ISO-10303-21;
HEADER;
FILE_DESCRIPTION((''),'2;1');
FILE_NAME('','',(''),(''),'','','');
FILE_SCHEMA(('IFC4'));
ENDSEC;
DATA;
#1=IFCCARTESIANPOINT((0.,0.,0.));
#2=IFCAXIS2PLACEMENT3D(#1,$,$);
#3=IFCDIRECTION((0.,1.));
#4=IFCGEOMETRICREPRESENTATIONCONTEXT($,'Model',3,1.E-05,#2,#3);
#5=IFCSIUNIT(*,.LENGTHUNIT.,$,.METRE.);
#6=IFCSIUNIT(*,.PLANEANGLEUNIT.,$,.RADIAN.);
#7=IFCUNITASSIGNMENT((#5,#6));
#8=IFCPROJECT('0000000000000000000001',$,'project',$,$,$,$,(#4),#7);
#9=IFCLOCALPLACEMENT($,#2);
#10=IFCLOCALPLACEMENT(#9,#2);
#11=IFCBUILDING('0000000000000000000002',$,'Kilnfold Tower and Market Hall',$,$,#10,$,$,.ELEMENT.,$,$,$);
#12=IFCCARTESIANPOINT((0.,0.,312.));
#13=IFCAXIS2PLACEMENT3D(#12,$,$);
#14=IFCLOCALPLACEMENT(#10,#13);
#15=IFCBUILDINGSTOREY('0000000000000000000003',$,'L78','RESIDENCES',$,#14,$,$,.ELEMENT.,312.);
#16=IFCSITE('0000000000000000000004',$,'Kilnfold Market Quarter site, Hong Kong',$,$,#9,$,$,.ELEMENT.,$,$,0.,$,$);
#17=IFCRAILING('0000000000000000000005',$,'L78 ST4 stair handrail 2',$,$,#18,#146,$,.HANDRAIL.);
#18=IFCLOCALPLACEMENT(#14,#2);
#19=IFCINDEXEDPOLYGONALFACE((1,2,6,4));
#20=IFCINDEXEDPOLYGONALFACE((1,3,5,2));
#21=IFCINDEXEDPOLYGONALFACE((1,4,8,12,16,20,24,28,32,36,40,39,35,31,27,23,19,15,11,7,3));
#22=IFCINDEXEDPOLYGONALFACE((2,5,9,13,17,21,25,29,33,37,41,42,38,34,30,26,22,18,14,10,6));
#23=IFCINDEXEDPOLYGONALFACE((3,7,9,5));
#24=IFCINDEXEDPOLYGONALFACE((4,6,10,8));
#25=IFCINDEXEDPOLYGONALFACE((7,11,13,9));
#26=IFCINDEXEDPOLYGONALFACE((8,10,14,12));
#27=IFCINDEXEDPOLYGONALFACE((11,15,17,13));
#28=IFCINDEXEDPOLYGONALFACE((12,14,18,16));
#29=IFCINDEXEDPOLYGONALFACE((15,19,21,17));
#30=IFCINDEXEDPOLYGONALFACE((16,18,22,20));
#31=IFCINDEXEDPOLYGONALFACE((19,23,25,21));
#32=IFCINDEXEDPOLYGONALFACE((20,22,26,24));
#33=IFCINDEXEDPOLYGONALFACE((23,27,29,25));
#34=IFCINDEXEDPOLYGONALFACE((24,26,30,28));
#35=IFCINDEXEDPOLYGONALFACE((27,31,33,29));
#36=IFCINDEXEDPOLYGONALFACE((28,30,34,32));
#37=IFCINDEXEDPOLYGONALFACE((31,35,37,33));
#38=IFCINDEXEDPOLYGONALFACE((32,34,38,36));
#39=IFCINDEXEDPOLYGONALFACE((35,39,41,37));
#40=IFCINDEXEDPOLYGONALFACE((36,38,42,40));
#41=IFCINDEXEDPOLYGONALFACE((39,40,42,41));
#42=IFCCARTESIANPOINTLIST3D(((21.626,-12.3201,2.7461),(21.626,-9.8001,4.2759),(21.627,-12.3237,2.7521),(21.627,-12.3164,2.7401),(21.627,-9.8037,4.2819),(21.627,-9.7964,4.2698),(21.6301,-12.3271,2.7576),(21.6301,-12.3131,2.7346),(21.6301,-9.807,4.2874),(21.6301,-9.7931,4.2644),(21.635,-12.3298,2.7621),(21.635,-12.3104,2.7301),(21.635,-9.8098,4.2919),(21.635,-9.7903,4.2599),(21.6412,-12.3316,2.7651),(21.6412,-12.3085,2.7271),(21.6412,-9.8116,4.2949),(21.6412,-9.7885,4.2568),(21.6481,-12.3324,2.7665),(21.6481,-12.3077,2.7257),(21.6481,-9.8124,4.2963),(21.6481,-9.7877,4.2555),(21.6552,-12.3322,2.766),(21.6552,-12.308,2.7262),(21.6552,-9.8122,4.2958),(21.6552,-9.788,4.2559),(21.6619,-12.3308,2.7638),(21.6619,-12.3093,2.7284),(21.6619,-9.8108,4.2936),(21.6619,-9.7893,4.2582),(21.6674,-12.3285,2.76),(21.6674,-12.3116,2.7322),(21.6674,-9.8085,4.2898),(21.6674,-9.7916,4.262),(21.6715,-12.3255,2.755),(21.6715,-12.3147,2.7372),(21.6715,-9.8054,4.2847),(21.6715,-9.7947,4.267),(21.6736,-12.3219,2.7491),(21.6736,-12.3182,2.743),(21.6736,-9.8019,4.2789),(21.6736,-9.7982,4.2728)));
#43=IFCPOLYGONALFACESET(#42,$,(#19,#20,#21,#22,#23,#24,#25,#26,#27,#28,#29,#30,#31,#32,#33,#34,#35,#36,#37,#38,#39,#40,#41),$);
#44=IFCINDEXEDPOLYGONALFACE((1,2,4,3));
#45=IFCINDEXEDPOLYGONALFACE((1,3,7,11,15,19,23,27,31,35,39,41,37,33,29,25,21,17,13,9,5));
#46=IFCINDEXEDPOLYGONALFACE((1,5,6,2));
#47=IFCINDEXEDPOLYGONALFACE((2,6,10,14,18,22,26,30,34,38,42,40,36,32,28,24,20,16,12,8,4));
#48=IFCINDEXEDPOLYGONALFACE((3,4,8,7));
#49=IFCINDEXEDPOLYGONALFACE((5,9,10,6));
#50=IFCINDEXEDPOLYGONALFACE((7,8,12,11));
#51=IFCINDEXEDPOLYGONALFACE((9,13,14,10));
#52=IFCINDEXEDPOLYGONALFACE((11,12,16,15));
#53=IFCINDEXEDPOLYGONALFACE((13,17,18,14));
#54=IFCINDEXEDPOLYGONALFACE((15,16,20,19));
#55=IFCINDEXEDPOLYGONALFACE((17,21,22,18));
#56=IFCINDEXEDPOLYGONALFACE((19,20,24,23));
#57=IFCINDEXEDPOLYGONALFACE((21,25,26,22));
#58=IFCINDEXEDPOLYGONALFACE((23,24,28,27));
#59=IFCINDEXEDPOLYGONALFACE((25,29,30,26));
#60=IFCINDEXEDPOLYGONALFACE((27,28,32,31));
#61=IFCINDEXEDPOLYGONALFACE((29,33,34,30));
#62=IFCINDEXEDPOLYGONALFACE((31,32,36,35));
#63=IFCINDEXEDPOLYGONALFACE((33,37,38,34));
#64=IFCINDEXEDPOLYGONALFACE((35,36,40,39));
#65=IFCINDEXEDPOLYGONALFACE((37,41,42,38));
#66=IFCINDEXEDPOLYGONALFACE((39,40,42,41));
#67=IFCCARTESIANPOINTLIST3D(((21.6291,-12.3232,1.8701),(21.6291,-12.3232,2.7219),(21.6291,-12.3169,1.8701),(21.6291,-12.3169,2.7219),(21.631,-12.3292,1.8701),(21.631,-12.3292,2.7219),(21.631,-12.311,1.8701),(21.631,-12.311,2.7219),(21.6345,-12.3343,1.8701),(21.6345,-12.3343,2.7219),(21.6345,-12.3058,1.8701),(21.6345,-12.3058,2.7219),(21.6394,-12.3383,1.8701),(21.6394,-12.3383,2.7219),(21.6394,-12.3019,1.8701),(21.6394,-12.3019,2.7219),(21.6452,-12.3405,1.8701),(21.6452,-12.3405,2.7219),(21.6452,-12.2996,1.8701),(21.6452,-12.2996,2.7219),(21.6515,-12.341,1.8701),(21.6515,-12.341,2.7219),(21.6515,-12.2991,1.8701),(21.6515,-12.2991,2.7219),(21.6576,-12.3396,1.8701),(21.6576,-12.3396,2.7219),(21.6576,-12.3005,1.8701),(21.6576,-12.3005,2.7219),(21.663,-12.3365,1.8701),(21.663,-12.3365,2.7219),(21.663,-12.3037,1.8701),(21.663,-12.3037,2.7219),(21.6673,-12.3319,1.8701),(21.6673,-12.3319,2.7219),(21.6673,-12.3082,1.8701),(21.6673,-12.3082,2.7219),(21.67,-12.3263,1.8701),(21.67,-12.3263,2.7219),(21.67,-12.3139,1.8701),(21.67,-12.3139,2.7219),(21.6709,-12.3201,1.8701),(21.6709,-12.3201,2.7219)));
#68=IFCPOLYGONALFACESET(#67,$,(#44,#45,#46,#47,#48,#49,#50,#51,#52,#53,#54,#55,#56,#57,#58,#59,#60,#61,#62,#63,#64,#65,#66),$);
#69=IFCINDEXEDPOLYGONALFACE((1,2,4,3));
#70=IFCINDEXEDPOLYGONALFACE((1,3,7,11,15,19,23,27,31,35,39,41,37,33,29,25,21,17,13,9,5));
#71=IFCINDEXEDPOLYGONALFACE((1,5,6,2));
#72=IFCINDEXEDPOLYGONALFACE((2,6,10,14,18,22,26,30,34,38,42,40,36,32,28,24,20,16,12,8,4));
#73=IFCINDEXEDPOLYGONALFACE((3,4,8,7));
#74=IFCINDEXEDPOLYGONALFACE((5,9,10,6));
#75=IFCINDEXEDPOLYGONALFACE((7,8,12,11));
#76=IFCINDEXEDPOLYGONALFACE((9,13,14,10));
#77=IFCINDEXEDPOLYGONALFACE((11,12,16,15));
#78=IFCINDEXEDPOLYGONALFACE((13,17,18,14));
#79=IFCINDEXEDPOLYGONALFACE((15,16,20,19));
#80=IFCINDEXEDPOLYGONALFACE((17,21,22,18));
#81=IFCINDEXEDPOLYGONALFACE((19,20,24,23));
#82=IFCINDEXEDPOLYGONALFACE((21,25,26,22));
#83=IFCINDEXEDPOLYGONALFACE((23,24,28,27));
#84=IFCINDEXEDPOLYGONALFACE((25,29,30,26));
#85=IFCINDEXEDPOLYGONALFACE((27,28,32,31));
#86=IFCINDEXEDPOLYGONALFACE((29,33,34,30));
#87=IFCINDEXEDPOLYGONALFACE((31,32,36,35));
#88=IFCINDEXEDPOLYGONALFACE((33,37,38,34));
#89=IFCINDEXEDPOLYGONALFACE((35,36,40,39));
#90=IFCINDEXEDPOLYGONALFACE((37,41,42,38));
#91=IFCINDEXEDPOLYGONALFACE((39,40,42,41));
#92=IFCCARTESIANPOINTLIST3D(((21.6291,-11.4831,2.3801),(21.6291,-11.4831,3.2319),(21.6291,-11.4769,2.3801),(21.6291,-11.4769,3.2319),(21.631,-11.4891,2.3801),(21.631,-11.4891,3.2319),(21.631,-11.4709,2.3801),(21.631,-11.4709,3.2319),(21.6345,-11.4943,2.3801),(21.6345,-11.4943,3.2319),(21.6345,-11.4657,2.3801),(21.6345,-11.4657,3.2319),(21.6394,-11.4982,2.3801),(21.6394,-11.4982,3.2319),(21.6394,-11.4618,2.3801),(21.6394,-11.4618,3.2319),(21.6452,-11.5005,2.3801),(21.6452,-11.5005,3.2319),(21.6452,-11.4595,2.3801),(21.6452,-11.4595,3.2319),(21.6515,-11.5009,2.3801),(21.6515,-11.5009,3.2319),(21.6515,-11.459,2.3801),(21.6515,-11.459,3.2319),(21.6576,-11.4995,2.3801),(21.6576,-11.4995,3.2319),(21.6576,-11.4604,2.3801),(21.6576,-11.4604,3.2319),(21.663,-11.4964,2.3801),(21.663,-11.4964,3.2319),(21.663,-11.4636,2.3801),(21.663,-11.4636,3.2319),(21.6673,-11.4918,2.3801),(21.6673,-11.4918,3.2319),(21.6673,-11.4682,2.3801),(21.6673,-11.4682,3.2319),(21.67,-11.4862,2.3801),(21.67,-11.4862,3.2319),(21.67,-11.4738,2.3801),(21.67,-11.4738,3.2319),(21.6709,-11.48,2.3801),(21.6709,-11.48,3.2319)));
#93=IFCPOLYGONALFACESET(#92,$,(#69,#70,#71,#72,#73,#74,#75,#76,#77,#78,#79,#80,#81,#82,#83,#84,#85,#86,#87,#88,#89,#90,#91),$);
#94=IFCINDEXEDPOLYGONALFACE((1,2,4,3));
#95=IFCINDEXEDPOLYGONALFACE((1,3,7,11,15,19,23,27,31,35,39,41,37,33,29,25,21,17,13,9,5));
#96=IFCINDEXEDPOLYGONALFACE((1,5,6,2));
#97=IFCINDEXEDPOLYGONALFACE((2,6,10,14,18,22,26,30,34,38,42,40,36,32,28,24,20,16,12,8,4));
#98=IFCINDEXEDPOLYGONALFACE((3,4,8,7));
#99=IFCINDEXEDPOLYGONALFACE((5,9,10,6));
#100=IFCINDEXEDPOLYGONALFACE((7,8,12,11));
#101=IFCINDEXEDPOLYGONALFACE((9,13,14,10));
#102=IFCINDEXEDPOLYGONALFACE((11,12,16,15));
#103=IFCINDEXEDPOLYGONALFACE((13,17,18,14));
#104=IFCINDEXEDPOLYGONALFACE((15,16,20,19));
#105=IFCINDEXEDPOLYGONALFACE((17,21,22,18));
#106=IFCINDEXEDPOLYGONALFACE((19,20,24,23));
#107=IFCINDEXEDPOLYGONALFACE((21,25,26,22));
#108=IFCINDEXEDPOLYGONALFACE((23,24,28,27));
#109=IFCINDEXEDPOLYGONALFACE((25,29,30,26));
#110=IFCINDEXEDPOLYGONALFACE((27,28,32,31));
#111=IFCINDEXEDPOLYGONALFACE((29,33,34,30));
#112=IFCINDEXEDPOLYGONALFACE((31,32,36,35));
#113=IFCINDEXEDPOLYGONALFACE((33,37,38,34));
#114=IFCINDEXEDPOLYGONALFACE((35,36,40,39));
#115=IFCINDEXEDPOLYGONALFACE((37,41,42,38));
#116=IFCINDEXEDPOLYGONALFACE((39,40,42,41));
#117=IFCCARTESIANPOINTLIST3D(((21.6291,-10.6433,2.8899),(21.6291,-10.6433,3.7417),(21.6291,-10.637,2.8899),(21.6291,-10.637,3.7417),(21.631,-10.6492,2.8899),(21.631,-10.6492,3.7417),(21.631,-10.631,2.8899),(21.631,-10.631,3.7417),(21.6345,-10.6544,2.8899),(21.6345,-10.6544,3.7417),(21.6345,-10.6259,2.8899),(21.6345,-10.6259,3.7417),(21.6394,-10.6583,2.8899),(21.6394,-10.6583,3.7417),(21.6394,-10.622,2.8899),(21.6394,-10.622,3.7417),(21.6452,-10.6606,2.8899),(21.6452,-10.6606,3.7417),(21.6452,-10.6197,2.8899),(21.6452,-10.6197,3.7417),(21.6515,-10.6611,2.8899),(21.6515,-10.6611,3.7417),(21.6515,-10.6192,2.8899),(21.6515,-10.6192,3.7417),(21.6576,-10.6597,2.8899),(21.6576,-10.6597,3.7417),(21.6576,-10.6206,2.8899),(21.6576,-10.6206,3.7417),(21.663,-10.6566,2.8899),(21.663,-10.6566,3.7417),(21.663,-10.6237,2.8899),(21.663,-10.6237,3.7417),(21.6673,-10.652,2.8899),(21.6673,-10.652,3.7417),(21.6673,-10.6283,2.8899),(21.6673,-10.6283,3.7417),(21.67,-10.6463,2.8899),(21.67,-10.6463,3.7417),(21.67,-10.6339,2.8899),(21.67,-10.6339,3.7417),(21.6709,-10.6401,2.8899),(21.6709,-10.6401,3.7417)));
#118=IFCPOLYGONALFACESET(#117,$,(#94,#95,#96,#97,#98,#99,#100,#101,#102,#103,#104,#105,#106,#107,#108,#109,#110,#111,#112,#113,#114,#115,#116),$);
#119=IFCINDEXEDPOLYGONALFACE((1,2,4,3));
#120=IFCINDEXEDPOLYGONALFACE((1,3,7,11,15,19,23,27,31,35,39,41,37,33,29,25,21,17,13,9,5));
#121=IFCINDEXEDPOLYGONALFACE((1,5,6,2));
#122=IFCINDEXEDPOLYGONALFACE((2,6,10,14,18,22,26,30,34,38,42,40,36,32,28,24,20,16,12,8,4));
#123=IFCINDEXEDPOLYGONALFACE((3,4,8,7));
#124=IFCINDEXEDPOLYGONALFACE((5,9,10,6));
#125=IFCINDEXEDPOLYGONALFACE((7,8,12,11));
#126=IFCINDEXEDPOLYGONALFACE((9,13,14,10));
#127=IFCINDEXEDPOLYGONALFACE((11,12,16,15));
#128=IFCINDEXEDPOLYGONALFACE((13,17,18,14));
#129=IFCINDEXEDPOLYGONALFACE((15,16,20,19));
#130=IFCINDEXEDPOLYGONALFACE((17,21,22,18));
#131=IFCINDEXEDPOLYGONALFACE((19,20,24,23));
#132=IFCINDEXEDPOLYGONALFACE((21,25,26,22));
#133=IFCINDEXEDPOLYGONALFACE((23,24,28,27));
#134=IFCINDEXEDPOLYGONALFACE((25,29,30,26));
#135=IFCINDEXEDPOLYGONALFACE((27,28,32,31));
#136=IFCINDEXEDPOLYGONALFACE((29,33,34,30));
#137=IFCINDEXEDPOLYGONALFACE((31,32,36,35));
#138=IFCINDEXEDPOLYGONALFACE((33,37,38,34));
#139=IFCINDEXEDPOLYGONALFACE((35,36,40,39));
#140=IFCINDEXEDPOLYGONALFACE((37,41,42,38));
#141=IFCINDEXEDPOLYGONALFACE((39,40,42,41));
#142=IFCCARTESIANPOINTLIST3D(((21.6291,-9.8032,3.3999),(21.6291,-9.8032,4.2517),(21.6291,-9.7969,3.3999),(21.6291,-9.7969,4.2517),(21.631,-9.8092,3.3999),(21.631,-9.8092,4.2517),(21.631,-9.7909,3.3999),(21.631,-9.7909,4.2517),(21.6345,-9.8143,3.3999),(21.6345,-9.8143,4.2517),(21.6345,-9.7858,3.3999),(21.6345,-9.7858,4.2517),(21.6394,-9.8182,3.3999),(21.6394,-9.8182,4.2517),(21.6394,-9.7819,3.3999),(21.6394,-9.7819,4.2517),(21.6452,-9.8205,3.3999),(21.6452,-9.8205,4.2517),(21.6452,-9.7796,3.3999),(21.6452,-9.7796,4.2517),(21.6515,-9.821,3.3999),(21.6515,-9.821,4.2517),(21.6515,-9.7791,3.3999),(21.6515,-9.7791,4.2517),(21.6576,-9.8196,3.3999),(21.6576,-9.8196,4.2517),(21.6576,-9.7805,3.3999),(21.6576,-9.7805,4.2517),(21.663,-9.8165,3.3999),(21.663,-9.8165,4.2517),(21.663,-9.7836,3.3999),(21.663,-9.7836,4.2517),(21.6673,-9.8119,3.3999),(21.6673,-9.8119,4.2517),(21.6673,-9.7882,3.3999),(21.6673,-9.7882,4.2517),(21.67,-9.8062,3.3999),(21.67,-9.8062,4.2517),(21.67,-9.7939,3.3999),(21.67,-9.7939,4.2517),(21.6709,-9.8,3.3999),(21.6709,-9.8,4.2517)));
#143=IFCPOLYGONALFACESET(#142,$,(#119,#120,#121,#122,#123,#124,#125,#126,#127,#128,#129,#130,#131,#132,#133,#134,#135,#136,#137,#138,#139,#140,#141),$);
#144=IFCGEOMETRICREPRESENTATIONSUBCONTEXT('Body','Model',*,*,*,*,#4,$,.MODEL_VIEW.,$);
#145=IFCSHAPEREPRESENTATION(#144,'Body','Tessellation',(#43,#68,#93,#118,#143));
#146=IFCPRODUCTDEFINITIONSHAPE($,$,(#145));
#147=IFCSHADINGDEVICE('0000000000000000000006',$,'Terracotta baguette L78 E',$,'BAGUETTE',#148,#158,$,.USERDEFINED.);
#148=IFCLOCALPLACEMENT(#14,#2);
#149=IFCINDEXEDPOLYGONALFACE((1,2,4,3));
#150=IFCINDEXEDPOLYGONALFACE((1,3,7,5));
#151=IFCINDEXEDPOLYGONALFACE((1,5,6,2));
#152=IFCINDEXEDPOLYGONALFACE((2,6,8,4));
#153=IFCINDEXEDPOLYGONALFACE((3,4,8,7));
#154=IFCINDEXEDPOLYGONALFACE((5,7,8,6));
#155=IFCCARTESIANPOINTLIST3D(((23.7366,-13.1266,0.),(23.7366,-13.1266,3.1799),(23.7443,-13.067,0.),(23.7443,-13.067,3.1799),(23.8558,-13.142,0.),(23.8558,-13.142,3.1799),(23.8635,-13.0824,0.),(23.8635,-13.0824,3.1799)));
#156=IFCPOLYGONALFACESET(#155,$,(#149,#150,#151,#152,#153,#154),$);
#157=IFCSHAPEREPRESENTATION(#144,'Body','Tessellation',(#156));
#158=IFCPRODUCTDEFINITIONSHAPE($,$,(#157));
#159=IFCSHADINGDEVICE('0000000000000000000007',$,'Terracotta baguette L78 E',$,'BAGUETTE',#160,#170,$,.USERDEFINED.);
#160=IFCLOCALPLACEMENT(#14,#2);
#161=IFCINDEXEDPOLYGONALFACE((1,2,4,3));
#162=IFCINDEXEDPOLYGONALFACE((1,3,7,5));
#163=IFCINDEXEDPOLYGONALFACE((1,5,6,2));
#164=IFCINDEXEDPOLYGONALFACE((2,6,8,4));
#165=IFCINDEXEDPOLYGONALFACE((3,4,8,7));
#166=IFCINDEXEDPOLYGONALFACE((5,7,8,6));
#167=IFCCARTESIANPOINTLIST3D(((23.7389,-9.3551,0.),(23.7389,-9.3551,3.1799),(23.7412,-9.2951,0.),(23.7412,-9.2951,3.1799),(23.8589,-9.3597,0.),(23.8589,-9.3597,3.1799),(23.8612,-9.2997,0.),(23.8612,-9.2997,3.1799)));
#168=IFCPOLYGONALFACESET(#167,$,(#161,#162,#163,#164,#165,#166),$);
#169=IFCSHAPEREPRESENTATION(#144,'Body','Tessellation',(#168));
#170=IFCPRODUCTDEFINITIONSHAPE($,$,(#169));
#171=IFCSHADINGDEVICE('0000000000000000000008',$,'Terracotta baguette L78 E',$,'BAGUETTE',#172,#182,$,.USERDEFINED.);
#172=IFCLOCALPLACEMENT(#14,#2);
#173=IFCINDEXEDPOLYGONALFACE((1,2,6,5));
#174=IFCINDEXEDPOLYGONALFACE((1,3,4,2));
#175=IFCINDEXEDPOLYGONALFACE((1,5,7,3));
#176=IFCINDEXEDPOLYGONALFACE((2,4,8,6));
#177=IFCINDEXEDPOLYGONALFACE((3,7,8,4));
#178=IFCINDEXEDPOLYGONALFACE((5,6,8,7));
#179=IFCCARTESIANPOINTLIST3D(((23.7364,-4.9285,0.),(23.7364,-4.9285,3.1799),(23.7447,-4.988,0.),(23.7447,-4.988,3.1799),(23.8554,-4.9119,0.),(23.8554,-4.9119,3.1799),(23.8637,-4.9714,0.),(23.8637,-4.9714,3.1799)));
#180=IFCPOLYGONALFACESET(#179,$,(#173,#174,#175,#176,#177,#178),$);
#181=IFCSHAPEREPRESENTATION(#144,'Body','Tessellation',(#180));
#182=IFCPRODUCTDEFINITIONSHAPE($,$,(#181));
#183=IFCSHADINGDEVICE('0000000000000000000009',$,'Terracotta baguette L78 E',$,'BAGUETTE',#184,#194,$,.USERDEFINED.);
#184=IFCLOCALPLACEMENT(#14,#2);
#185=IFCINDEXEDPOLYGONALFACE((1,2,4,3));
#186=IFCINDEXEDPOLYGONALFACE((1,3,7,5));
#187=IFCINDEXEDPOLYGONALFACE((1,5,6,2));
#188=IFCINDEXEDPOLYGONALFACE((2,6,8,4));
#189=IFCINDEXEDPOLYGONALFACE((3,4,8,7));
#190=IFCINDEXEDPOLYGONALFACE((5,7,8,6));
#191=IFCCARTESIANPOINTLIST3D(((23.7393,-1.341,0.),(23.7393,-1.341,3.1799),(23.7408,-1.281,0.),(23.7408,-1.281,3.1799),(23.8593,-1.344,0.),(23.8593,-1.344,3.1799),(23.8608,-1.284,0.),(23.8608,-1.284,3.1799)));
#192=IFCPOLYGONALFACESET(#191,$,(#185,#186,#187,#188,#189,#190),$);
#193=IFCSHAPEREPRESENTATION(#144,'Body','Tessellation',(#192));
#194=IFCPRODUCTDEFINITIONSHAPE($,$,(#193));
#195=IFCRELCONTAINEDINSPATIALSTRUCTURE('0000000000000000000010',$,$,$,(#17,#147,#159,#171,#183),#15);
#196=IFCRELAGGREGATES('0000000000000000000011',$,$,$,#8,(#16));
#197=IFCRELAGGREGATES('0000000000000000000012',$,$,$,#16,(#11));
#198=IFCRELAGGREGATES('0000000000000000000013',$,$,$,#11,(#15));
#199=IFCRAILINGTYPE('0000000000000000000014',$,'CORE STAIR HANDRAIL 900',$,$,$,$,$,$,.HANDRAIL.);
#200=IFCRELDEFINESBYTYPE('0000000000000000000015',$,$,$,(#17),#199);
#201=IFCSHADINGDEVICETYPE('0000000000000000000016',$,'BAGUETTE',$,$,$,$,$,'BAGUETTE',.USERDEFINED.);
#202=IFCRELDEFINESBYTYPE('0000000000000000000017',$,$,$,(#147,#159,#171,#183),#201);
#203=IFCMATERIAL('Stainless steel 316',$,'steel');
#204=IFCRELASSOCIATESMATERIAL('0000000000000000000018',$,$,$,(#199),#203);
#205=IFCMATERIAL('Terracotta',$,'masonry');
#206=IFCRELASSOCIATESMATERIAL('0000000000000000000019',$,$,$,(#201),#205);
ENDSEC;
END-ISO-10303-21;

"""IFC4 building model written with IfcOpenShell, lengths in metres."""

from ifc_helpers import new_model, si_unit, direction, frame, origin, origin_2d, place, context, subcontext, project, spatial, rectangle, circle, extrude, source, transform, mapped, material, material_profile, profile_set, type_object, element, save


model = new_model("IFC4")

# Units and contexts
model_context = context("Model", 3, precision=1e-05, world=origin(), true_north=direction((0.0, 1.0)))
body_context = subcontext(model_context, "Body", "Model", "MODEL_VIEW")
ifc_project = project(units=[si_unit("LENGTHUNIT", "METRE"), si_unit("PLANEANGLEUNIT", "RADIAN")], contexts=[model_context])

# Site, building, storey
site_placement = place(None, origin())
site = spatial("IfcSite", under=ifc_project, at=site_placement, Name="Kilnfold Market Quarter site, Hong Kong", CompositionType="ELEMENT", RefElevation=0.0)
building_placement = place(site_placement, origin())
building = spatial("IfcBuilding", under=site, at=building_placement, Name="Kilnfold Tower and Market Hall", CompositionType="ELEMENT")
storey_placement = place(building_placement, frame((0.0, 0.0, 312.0)))
storey = spatial("IfcBuildingStorey", under=building, at=storey_placement, Name="L78", Description="RESIDENCES", CompositionType="ELEMENT", Elevation=312.0)

# Railing
ifc_material_1 = material(Name="Stainless steel 316", Category="steel")
railing_type_1 = type_object("IfcRailingType", Name="CORE STAIR HANDRAIL 900", PredefinedType="HANDRAIL", material=ifc_material_1)
railing_1_placement = place(storey_placement, frame((21.6499, -12.3201, 1.8701)))
element("IfcRailing", 1, at=railing_1_placement, inside=storey, type_object=railing_type_1, Name="L78 ST4 stair handrail 2", PredefinedType="HANDRAIL", context=body_context, shape_type="SweptSolid", body=[
    extrude(circle(Radius=0.0239, at=origin_2d()), frame((0.0, 0.0, 0.876), z_axis=(0.0, 0.854822, 0.518922), x_axis=(-1.0, 0.0, 0.0)), (0.0, 0.0, 1.0), 2.948),
    extrude(circle(Radius=0.021, at=origin_2d()), origin(), (0.0, 0.0, 1.0), 0.8518),
    extrude(circle(Radius=0.021, at=origin_2d()), frame((0.0, 0.8401, 0.51)), (0.0, 0.0, 1.0), 0.8518),
    extrude(circle(Radius=0.021, at=origin_2d()), frame((0.0, 1.6799, 1.0198)), (0.0, 0.0, 1.0), 0.8518),
    extrude(circle(Radius=0.021, at=origin_2d()), frame((0.0, 2.52, 1.5298)), (0.0, 0.0, 1.0), 0.8518),
])

# Shading devices
ifc_material_2 = material(Name="Terracotta", Category="masonry")
ifc_material_profile_1 = material_profile(ifc_material_2, rectangle(XDim=0.0601, YDim=0.1201, at=origin_2d()), Name="BAG 60x120")
ifc_profile_set_1 = profile_set([ifc_material_profile_1], Name="Terracotta")
shading_device_type = type_object("IfcShadingDeviceType", Name="BAGUETTE", ElementType="BAGUETTE", PredefinedType="USERDEFINED", material=ifc_profile_set_1)
shared_shape_1 = source(origin(), body_context, "Body", "SweptSolid", [
    extrude(rectangle(XDim=0.0601, YDim=0.1201, at=origin_2d()), origin(), (0.0, 0.0, 1.0), 3.1799),
])
for number, where, z_axis, x_axis, name in (
    (2, (23.8, -13.1045, 0.0), (0.0, 0.0, 1.0), (0.128166, 0.991753, 0.0), "Terracotta baguette L78 E"),
    (3, (23.8, -9.3274, 0.0), (0.0, 0.0, 1.0), (0.038196, 0.99927, 0.0), "Terracotta baguette L78 E"),
    (4, (23.8, -4.95, 0.0), (0.0, 0.0, 1.0), (-0.138235, 0.9904, 0.0), "Terracotta baguette L78 E"),
    (5, (23.8, -1.3125, 0.0), (0.0, 0.0, 1.0), (0.024758, 0.999693, 0.0), "Terracotta baguette L78 E"),
):
    element("IfcShadingDevice", number, at=place(storey_placement, frame(where, z_axis=z_axis, x_axis=x_axis)), inside=storey, type_object=shading_device_type, Name=name, ObjectType="BAGUETTE", PredefinedType="USERDEFINED", context=body_context, shape_type="MappedRepresentation", body=[
        mapped(shared_shape_1, transform((0.0, 0.0, 0.0))),
    ])

save(model, "model.ifc")
